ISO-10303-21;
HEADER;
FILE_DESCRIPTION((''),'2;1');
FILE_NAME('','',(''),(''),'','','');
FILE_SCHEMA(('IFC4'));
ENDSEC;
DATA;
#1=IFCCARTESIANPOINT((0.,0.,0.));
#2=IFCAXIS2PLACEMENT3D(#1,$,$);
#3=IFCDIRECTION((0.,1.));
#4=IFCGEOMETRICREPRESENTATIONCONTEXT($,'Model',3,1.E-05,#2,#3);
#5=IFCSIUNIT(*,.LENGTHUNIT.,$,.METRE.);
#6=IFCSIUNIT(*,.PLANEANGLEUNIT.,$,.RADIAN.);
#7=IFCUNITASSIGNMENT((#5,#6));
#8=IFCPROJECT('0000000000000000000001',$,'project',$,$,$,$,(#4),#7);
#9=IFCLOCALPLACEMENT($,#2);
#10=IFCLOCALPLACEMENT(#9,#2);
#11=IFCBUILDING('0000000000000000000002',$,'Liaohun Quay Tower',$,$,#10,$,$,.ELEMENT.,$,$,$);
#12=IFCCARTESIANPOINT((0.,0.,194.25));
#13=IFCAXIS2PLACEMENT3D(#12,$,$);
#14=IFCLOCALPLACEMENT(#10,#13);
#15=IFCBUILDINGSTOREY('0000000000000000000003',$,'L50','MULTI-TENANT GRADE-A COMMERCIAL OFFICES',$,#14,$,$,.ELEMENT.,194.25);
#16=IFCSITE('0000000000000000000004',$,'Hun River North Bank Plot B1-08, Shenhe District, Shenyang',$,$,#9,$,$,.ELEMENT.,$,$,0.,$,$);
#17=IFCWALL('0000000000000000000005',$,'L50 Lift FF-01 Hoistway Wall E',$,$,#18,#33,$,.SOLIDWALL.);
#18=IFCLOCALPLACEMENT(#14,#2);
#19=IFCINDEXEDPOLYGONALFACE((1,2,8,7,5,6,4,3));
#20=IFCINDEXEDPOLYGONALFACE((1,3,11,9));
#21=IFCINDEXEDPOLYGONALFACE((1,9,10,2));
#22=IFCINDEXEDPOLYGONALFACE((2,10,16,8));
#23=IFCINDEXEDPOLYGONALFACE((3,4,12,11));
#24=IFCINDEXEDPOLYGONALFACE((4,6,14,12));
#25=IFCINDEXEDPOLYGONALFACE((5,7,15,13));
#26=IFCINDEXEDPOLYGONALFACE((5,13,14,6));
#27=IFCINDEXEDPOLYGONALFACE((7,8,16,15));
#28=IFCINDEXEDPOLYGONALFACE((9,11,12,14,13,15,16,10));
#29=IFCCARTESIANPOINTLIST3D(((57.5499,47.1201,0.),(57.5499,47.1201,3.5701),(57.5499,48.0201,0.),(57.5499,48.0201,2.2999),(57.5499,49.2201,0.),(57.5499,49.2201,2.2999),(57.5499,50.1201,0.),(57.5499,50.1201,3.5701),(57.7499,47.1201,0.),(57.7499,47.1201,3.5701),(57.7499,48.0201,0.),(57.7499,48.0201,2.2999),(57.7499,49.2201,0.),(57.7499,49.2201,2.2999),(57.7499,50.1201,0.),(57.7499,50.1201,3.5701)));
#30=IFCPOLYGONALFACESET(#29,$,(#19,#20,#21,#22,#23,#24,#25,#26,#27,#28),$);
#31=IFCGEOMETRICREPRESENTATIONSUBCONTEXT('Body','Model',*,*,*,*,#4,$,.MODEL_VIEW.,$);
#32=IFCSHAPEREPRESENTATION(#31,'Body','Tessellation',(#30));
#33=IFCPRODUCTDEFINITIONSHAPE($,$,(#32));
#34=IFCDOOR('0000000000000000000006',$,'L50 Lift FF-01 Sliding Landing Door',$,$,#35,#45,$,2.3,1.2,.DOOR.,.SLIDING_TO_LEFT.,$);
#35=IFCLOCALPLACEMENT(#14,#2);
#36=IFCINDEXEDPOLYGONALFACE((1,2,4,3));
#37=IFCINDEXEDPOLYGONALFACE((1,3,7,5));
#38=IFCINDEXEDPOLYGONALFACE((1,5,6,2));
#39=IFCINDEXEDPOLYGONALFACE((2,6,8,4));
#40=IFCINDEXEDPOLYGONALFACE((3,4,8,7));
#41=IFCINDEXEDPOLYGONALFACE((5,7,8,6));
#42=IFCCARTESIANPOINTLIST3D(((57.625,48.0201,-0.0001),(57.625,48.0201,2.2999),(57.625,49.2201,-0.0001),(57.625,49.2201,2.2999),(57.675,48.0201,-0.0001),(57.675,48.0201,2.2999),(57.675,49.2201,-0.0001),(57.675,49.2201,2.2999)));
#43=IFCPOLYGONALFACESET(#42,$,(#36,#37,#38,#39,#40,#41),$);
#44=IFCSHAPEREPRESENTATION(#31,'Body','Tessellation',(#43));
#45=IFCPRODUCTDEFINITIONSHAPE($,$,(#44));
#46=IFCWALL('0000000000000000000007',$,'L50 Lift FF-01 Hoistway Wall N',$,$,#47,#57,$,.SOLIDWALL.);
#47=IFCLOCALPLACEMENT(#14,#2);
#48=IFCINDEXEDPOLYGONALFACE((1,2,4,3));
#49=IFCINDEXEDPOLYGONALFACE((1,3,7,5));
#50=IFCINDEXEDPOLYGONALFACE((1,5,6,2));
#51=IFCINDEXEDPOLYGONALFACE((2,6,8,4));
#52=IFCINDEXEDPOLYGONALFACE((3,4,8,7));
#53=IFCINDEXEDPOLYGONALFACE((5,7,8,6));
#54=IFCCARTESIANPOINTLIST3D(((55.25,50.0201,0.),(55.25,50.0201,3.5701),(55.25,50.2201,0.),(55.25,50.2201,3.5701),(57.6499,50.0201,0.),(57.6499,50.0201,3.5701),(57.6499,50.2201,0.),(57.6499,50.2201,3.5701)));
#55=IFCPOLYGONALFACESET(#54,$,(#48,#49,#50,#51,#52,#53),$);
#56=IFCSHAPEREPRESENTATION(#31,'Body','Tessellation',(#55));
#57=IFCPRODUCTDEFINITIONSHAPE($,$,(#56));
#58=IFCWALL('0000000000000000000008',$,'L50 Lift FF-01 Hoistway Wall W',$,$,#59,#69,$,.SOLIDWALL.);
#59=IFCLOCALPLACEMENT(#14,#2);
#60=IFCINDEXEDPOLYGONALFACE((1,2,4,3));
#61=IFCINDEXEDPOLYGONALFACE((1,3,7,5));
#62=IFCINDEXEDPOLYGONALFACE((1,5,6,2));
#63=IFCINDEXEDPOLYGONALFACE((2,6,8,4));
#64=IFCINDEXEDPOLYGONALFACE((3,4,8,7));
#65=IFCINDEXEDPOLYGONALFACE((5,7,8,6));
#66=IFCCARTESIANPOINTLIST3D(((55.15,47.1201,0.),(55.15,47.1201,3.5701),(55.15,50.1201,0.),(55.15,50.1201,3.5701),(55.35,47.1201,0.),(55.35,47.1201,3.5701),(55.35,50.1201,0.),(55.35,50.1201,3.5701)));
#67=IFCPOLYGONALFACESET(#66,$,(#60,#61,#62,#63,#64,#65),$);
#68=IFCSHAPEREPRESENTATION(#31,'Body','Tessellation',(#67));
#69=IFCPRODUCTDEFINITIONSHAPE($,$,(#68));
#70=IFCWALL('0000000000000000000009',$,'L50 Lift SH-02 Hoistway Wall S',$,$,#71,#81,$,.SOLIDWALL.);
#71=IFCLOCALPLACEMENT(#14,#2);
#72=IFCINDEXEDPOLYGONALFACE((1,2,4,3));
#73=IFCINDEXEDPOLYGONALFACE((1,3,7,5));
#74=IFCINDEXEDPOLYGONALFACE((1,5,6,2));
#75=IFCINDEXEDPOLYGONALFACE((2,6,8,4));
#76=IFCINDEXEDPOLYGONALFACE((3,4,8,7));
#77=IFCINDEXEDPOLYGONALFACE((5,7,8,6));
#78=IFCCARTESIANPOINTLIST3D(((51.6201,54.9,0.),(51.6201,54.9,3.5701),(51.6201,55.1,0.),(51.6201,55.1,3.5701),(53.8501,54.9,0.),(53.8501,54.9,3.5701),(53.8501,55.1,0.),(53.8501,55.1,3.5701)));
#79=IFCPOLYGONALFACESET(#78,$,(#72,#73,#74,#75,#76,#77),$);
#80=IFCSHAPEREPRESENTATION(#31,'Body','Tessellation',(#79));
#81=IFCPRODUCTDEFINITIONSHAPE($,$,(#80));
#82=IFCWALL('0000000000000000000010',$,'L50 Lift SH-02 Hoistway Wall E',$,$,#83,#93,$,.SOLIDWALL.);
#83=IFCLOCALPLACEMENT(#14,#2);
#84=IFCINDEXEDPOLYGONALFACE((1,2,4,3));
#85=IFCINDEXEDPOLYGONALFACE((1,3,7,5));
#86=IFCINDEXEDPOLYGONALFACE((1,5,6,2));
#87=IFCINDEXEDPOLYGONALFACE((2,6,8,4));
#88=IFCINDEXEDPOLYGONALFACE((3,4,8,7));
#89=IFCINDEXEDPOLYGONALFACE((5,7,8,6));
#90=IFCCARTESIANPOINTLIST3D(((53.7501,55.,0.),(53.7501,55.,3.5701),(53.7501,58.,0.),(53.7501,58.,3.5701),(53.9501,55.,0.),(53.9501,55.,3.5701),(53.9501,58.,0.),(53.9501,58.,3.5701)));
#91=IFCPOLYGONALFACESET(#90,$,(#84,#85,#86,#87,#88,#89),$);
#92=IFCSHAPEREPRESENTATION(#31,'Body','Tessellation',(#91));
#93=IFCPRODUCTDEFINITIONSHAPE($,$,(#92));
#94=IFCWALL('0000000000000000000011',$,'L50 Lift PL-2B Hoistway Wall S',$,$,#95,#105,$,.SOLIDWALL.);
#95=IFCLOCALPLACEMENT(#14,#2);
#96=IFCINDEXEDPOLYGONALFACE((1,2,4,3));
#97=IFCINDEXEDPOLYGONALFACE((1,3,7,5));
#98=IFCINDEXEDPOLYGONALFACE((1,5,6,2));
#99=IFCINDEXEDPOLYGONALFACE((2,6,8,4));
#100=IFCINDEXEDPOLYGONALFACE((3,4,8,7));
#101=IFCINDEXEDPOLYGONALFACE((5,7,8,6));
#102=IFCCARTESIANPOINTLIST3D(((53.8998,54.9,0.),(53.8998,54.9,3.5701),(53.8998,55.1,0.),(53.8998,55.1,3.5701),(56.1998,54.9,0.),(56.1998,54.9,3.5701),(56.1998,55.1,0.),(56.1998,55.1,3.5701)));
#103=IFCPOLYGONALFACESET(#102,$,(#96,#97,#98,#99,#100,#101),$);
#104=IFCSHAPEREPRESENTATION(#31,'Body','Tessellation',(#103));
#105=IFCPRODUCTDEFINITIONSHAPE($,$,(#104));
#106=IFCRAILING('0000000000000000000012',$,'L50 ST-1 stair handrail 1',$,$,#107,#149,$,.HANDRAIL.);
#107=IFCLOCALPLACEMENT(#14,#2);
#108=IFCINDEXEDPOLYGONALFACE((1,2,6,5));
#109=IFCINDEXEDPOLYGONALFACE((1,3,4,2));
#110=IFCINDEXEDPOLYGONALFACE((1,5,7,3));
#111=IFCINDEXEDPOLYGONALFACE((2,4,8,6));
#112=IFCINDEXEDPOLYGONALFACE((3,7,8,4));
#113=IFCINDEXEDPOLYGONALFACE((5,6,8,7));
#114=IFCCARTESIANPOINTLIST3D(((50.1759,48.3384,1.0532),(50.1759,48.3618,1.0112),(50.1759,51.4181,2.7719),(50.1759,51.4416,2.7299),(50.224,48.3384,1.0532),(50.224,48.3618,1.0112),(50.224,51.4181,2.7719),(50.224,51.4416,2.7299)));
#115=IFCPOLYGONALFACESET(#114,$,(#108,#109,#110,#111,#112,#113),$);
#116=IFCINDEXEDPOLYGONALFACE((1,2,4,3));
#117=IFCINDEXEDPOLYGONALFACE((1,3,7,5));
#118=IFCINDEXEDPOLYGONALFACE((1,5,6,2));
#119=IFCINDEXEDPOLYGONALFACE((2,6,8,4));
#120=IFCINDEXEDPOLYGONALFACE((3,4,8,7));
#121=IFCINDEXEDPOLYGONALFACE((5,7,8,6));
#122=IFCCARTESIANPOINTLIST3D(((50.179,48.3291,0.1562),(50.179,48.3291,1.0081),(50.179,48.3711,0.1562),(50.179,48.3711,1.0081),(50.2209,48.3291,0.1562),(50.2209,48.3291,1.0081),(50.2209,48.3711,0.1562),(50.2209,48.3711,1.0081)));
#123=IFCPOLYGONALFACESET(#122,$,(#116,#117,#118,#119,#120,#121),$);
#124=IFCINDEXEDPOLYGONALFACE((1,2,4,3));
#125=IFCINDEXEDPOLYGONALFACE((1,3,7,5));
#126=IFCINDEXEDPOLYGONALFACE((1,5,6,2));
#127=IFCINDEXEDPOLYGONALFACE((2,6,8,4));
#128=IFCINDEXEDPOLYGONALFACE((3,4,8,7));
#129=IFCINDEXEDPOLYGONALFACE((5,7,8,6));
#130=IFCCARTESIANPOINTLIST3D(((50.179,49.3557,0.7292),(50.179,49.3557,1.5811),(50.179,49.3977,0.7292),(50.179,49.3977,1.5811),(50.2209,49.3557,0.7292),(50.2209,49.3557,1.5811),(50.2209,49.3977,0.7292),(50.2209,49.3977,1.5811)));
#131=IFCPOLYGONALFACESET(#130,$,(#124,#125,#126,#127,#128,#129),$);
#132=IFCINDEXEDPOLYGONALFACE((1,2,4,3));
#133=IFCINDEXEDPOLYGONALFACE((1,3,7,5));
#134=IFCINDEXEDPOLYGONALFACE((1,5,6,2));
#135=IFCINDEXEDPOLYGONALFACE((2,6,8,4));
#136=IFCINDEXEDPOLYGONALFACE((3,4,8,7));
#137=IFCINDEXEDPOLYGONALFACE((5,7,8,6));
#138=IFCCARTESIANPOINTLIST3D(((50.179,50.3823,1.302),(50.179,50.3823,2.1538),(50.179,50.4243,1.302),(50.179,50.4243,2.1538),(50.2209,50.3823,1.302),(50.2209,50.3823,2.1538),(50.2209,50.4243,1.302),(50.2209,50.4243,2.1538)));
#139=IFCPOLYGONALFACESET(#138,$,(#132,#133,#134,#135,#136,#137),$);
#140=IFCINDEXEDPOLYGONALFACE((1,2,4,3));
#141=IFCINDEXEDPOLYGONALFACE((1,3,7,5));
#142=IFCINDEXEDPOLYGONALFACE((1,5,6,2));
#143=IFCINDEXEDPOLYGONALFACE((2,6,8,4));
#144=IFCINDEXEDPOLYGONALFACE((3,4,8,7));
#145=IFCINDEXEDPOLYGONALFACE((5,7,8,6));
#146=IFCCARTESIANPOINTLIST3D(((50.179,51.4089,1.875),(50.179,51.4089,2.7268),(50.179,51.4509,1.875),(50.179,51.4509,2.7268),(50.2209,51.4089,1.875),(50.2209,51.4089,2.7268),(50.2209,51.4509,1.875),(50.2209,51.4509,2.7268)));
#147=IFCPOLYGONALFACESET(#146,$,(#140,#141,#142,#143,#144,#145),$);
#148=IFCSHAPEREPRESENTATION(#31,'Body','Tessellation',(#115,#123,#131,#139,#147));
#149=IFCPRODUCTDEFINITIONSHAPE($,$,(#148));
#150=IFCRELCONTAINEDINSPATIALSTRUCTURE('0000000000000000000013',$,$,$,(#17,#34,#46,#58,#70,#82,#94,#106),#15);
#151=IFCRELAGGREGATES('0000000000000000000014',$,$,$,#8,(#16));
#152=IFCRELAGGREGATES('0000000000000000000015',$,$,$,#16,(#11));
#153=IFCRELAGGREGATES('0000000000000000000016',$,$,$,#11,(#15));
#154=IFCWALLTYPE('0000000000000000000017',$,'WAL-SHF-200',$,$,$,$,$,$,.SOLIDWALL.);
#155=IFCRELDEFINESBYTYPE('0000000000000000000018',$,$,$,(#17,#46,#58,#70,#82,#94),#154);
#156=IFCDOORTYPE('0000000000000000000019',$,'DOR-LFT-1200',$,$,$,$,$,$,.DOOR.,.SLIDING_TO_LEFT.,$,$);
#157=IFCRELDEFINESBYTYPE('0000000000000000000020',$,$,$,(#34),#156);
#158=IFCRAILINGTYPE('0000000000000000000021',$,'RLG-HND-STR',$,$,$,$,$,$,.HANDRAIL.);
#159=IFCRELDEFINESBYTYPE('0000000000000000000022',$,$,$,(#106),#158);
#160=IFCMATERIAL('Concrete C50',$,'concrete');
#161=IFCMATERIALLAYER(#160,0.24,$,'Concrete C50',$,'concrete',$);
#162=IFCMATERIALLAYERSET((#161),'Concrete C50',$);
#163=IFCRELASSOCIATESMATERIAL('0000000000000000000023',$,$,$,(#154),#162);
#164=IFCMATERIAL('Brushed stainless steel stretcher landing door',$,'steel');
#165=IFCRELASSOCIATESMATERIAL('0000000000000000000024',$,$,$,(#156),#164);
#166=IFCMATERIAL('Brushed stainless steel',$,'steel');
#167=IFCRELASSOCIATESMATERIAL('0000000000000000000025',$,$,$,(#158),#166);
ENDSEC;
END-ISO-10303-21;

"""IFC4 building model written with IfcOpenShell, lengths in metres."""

from ifc_helpers import new_model, si_unit, direction, frame, frame_2d, origin, origin_2d, place, context, subcontext, project, spatial, rectangle, extrude, source, transform, mapped, material, layer, layer_set, type_object, element, fill, save


model = new_model("IFC4")

# Units and contexts
model_context = context("Model", 3, precision=1e-05, world=origin(), true_north=direction((0.0, 1.0)))
body_context = subcontext(model_context, "Body", "Model", "MODEL_VIEW")
ifc_project = project(units=[si_unit("LENGTHUNIT", "METRE"), si_unit("PLANEANGLEUNIT", "RADIAN")], contexts=[model_context])

# Site, building, storey
site_placement = place(None, origin())
site = spatial("IfcSite", under=ifc_project, at=site_placement, Name="Hun River North Bank Plot B1-08, Shenhe District, Shenyang", CompositionType="ELEMENT", RefElevation=0.0)
building_placement = place(site_placement, origin())
building = spatial("IfcBuilding", under=site, at=building_placement, Name="Liaohun Quay Tower", CompositionType="ELEMENT")
storey_placement = place(building_placement, frame((0.0, 0.0, 194.25)))
storey = spatial("IfcBuildingStorey", under=building, at=storey_placement, Name="L50", Description="MULTI-TENANT GRADE-A COMMERCIAL OFFICES", CompositionType="ELEMENT", Elevation=194.25)

# Shared definitions
ifc_material_1 = material(Name="Concrete C50", Category="concrete")

# Shared definitions
ifc_layer_1 = layer(ifc_material_1, 0.24, Name="Concrete C50", Category="concrete")
ifc_layer_set_1 = layer_set([ifc_layer_1], Name="Concrete C50")
wall_type_1 = type_object("IfcWallType", Name="WAL-SHF-200", PredefinedType="SOLIDWALL", material=ifc_layer_set_1)

# Wall, opening, door
wall_1_placement = place(storey_placement, frame((57.6499, 47.1201, 0.0), z_axis=(0.0, 0.0, 1.0), x_axis=(0.0, 1.0, 0.0)))
wall_1 = element("IfcWall", 1, at=wall_1_placement, inside=storey, type_object=wall_type_1, Name="L50 Lift FF-01 Hoistway Wall E", PredefinedType="SOLIDWALL", context=body_context, shape_type="SweptSolid", body=[
    extrude(rectangle(XDim=3.0, YDim=0.2, at=frame_2d((1.5, 0.0))), origin(), (0.0, 0.0, 1.0), 3.5701),
])
shared_shape_1 = source(origin(), body_context, "Body", "SweptSolid", [
    extrude(rectangle(XDim=1.2, YDim=2.3, at=frame_2d((0.6001, 1.1499))), frame((0.0, 0.1099, 0.0), z_axis=(0.0, -1.0, 0.0), x_axis=(1.0, 0.0, 0.0)), (0.0, 0.0, 1.0), 0.22),
])
opening_1_placement = place(wall_1_placement, frame((0.8999, 0.0, 0.0)))
opening_1 = element("IfcOpeningElement", 2, at=opening_1_placement, cuts=wall_1, PredefinedType="OPENING", context=body_context, shape_type="MappedRepresentation", body=[
    mapped(shared_shape_1, transform((0.0, 0.0, 0.0), x_axis=(1.0, 0.0, 0.0), y_axis=(0.0, 1.0, 0.0), z_axis=(0.0, 0.0, 1.0), scale=1.0)),
])
ifc_material_2 = material(Name="Brushed stainless steel stretcher landing door", Category="steel")
door_type_1 = type_object("IfcDoorType", Name="DOR-LFT-1200", OperationType="SLIDING_TO_LEFT", PredefinedType="DOOR", material=ifc_material_2)
shared_shape_2 = source(origin(), body_context, "Body", "SweptSolid", [
    extrude(rectangle(XDim=1.2, YDim=2.3, at=frame_2d((0.6001, 1.1499))), frame((0.0, 0.0249, 0.0), z_axis=(0.0, -1.0, 0.0), x_axis=(1.0, 0.0, 0.0)), (0.0, 0.0, 1.0), 0.05),
])
door_1_placement = place(opening_1_placement, origin())
door_1 = element("IfcDoor", 3, at=door_1_placement, inside=storey, type_object=door_type_1, Name="L50 Lift FF-01 Sliding Landing Door", OperationType="SLIDING_TO_LEFT", OverallHeight=2.3, OverallWidth=1.2, PredefinedType="DOOR", context=body_context, shape_type="MappedRepresentation", body=[
    mapped(shared_shape_2, transform((0.0, 0.0, 0.0), x_axis=(1.0, 0.0, 0.0), y_axis=(0.0, 1.0, 0.0), z_axis=(0.0, 0.0, 1.0), scale=1.0)),
])
fill(opening_1, door_1)

# Walls
wall_2_placement = place(storey_placement, frame((57.6499, 50.1201, 0.0), z_axis=(0.0, 0.0, 1.0), x_axis=(-1.0, 0.0, 0.0)))
element("IfcWall", 4, at=wall_2_placement, inside=storey, type_object=wall_type_1, Name="L50 Lift FF-01 Hoistway Wall N", PredefinedType="SOLIDWALL", context=body_context, shape_type="SweptSolid", body=[
    extrude(rectangle(XDim=2.3999, YDim=0.2, at=frame_2d((1.2, 0.0))), origin(), (0.0, 0.0, 1.0), 3.5701),
])
wall_3_placement = place(storey_placement, frame((55.25, 50.1201, 0.0), z_axis=(0.0, 0.0, 1.0), x_axis=(0.0, -1.0, 0.0)))
element("IfcWall", 5, at=wall_3_placement, inside=storey, type_object=wall_type_1, Name="L50 Lift FF-01 Hoistway Wall W", PredefinedType="SOLIDWALL", context=body_context, shape_type="SweptSolid", body=[
    extrude(rectangle(XDim=3.0, YDim=0.2, at=frame_2d((1.5, 0.0))), origin(), (0.0, 0.0, 1.0), 3.5701),
])
wall_4_placement = place(storey_placement, frame((51.6201, 55.0, 0.0), z_axis=(0.0, 0.0, 1.0), x_axis=(1.0, 0.0, 0.0)))
element("IfcWall", 6, at=wall_4_placement, inside=storey, type_object=wall_type_1, Name="L50 Lift SH-02 Hoistway Wall S", PredefinedType="SOLIDWALL", context=body_context, shape_type="SweptSolid", body=[
    extrude(rectangle(XDim=2.23, YDim=0.2, at=frame_2d((1.115, 0.0))), origin(), (0.0, 0.0, 1.0), 3.5701),
])
wall_5_placement = place(storey_placement, frame((53.8501, 55.0, 0.0), z_axis=(0.0, 0.0, 1.0), x_axis=(0.0, 1.0, 0.0)))
element("IfcWall", 7, at=wall_5_placement, inside=storey, type_object=wall_type_1, Name="L50 Lift SH-02 Hoistway Wall E", PredefinedType="SOLIDWALL", context=body_context, shape_type="SweptSolid", body=[
    extrude(rectangle(XDim=3.0, YDim=0.2, at=frame_2d((1.5, 0.0))), origin(), (0.0, 0.0, 1.0), 3.5701),
])
wall_6_placement = place(storey_placement, frame((53.8999, 55.0, 0.0), z_axis=(0.0, 0.0, 1.0), x_axis=(1.0, 0.0, 0.0)))
element("IfcWall", 8, at=wall_6_placement, inside=storey, type_object=wall_type_1, Name="L50 Lift PL-2B Hoistway Wall S", PredefinedType="SOLIDWALL", context=body_context, shape_type="SweptSolid", body=[
    extrude(rectangle(XDim=2.3, YDim=0.2, at=frame_2d((1.1499, 0.0))), origin(), (0.0, 0.0, 1.0), 3.5701),
])

# Railing
ifc_material_3 = material(Name="Brushed stainless steel", Category="steel")
railing_type = type_object("IfcRailingType", Name="RLG-HND-STR", PredefinedType="HANDRAIL", material=ifc_material_3)
railing_placement = place(storey_placement, frame((50.2, 48.3501, 0.1562)))
element("IfcRailing", 9, at=railing_placement, inside=storey, type_object=railing_type, Name="L50 ST-1 stair handrail 1", PredefinedType="HANDRAIL", context=body_context, shape_type="SweptSolid", body=[
    extrude(rectangle(XDim=0.0481, YDim=0.0481, at=origin_2d()), frame((0.0, 0.0, 0.876), z_axis=(0.0, 0.873225, 0.487317), x_axis=(-1.0, 0.0, 0.0)), (0.0, 0.0, 1.0), 3.5269),
    extrude(rectangle(XDim=0.042, YDim=0.042, at=origin_2d()), origin(), (0.0, 0.0, 1.0), 0.8518),
    extrude(rectangle(XDim=0.042, YDim=0.042, at=origin_2d()), frame((0.0, 1.0266, 0.573)), (0.0, 0.0, 1.0), 0.8518),
    extrude(rectangle(XDim=0.042, YDim=0.042, at=origin_2d()), frame((0.0, 2.0532, 1.1458)), (0.0, 0.0, 1.0), 0.8518),
    extrude(rectangle(XDim=0.042, YDim=0.042, at=origin_2d()), frame((0.0, 3.0798, 1.7188)), (0.0, 0.0, 1.0), 0.8518),
])

save(model, "model.ifc")
